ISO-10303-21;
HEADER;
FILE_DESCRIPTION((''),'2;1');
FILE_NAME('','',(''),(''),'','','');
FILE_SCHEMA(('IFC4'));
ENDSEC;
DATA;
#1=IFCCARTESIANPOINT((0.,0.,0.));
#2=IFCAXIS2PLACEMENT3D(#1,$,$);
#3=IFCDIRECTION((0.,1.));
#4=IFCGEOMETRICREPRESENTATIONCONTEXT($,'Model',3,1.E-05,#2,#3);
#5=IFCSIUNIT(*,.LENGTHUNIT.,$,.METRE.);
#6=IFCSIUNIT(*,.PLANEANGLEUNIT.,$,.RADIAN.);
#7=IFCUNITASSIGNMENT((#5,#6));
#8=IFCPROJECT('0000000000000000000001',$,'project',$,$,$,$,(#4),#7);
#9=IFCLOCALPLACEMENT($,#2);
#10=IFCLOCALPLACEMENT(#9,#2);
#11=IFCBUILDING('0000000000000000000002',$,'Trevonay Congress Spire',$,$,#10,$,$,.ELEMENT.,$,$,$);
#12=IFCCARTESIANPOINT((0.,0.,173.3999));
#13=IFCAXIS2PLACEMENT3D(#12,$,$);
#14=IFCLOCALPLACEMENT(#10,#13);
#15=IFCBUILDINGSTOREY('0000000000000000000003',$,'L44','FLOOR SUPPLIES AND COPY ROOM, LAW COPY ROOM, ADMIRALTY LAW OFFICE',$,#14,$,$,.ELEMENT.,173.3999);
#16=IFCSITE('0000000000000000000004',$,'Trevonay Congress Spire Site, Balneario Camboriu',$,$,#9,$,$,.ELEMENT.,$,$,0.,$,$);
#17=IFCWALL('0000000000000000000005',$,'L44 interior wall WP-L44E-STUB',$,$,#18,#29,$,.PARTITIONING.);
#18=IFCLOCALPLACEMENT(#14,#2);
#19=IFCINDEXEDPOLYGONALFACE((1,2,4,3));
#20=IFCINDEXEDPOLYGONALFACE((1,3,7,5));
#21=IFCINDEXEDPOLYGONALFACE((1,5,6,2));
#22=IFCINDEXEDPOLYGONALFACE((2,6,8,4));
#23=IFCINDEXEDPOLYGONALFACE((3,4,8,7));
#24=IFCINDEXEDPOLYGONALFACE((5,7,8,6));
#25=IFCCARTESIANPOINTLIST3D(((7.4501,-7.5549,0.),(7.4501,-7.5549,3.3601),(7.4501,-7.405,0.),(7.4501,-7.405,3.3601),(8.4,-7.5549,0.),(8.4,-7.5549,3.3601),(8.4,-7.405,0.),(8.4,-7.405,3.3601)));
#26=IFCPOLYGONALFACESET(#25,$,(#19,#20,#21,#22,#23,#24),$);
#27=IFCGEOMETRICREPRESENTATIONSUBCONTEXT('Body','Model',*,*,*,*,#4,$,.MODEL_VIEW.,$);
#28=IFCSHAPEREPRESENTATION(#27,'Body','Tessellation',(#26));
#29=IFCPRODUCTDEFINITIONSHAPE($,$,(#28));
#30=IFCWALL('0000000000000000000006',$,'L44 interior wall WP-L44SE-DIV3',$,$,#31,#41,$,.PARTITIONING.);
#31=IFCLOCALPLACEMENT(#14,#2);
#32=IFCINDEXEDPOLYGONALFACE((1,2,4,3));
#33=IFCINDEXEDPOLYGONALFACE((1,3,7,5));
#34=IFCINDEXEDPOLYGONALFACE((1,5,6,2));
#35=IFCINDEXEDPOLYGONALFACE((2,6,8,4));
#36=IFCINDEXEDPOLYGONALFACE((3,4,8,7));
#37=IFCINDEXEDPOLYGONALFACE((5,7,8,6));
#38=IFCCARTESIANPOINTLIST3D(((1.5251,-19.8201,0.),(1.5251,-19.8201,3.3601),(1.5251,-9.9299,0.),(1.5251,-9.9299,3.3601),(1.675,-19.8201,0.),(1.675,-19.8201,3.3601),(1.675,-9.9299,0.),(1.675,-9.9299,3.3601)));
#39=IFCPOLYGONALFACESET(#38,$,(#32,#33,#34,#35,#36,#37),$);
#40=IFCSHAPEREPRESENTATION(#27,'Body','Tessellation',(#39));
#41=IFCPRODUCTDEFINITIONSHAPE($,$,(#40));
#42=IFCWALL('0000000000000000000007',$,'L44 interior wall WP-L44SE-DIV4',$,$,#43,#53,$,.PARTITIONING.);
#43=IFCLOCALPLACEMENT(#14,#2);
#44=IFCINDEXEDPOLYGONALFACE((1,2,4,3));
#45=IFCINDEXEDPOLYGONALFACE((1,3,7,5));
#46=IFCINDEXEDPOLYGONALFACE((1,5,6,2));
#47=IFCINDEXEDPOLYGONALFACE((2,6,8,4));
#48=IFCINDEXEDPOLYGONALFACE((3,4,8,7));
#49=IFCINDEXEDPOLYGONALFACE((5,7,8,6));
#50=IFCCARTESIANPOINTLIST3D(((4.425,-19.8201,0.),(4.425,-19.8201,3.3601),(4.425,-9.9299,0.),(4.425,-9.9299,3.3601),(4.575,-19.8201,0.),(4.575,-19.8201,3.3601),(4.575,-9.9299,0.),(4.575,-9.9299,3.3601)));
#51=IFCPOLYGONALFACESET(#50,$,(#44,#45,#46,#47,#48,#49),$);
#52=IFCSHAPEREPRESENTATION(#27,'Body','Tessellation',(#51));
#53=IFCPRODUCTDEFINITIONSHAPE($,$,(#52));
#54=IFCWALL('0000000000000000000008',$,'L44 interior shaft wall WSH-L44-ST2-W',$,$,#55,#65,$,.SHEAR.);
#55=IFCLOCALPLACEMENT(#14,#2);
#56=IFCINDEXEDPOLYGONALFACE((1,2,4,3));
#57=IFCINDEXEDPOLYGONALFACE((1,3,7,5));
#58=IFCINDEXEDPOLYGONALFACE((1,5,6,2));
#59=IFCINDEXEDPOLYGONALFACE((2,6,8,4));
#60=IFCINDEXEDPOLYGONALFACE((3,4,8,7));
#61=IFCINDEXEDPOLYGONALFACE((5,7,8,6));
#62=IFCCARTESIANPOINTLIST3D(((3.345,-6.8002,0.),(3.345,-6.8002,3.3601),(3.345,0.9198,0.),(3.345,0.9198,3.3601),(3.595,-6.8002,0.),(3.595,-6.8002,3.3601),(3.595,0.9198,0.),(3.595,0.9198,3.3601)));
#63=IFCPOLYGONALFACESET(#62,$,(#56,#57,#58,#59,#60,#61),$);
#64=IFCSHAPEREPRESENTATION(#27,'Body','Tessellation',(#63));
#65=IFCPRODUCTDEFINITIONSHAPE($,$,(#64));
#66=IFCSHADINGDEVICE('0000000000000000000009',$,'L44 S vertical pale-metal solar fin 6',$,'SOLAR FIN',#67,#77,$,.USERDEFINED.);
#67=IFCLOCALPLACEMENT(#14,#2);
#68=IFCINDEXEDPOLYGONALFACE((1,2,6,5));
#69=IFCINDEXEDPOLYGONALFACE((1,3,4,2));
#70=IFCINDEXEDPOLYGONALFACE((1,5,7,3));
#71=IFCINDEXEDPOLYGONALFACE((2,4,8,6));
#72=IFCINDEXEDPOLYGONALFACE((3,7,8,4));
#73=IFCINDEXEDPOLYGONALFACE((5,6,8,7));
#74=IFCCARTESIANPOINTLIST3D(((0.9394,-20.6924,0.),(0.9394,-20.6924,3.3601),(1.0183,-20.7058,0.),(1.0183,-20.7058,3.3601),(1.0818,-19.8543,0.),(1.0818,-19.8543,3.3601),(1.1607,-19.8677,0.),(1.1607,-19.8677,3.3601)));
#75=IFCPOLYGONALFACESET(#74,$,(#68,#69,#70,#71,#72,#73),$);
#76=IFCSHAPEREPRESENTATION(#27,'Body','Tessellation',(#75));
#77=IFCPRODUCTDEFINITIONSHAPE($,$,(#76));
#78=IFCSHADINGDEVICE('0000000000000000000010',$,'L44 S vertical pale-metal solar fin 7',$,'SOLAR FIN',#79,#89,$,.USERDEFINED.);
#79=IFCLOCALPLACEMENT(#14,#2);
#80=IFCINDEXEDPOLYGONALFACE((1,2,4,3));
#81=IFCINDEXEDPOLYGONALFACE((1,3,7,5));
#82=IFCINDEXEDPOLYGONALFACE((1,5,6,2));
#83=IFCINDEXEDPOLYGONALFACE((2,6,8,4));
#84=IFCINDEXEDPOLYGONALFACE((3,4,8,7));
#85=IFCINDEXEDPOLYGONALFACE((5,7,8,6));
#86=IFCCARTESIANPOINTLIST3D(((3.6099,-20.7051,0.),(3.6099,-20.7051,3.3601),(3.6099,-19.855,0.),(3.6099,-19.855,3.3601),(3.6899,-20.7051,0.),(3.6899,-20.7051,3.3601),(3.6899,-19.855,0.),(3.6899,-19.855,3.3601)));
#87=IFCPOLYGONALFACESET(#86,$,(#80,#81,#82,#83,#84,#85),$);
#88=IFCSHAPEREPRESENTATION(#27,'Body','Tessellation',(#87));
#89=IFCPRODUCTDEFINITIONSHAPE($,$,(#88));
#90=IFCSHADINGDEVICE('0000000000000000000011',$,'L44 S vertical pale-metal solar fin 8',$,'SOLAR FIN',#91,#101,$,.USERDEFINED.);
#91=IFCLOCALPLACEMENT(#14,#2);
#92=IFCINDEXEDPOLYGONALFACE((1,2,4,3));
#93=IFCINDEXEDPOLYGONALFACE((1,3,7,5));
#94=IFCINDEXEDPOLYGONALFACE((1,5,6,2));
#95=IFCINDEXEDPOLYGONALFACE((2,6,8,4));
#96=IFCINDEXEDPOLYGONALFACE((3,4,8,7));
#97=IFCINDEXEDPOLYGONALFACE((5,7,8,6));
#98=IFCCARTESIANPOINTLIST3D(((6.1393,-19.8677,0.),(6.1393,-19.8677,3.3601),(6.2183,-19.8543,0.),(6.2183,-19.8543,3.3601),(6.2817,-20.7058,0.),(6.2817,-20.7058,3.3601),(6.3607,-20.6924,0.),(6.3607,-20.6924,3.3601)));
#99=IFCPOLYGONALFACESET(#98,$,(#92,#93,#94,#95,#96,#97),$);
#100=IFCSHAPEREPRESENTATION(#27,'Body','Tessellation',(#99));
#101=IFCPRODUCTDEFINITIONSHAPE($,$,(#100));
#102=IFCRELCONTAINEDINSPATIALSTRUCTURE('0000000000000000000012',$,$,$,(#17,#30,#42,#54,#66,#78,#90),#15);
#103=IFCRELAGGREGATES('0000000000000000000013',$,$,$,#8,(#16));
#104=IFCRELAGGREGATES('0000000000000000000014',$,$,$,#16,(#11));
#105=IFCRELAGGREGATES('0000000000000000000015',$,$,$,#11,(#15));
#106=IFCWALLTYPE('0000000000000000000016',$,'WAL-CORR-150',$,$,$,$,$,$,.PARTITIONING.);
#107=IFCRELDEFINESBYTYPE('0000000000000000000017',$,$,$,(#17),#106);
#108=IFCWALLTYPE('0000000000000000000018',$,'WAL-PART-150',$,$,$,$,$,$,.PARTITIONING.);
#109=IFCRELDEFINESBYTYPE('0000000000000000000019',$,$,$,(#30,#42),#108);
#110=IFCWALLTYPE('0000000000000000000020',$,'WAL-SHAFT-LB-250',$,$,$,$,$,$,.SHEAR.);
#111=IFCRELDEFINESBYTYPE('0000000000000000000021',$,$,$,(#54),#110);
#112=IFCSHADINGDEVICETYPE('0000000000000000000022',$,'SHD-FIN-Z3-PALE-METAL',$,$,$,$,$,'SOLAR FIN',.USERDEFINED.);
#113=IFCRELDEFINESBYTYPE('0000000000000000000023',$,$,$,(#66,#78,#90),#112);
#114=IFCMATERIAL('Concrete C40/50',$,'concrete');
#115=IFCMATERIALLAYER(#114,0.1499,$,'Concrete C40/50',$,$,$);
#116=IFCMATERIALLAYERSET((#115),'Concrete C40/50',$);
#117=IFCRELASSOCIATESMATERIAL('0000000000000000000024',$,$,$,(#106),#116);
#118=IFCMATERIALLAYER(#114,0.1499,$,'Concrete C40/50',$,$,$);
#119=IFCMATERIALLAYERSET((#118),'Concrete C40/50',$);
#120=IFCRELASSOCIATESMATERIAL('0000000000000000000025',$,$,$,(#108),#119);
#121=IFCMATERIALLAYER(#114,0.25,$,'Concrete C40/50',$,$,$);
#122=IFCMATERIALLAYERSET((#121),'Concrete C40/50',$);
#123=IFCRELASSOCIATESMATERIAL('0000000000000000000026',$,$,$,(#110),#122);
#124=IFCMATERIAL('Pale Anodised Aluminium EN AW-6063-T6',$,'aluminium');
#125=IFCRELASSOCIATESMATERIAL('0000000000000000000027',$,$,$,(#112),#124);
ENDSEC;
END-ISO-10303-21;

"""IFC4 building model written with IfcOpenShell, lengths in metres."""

from ifc_helpers import new_model, si_unit, direction, frame, frame_2d, origin, origin_2d, place, context, subcontext, project, spatial, rectangle, extrude, material, layer, layer_set, type_object, element, save


model = new_model("IFC4")

# Units and contexts
model_context = context("Model", 3, precision=1e-05, world=origin(), true_north=direction((0.0, 1.0)))
body_context = subcontext(model_context, "Body", "Model", "MODEL_VIEW")
ifc_project = project(units=[si_unit("LENGTHUNIT", "METRE"), si_unit("PLANEANGLEUNIT", "RADIAN")], contexts=[model_context])

# Site, building, storey
site_placement = place(None, origin())
site = spatial("IfcSite", under=ifc_project, at=site_placement, Name="Trevonay Congress Spire Site, Balneario Camboriu", CompositionType="ELEMENT", RefElevation=0.0)
building_placement = place(site_placement, origin())
building = spatial("IfcBuilding", under=site, at=building_placement, Name="Trevonay Congress Spire", CompositionType="ELEMENT")
storey_placement = place(building_placement, frame((0.0, 0.0, 173.3999)))
storey = spatial("IfcBuildingStorey", under=building, at=storey_placement, Name="L44", Description="FLOOR SUPPLIES AND COPY ROOM, LAW COPY ROOM, ADMIRALTY LAW OFFICE", CompositionType="ELEMENT", Elevation=173.3999)

# Shared definitions
ifc_material_1 = material(Name="Pale Anodised Aluminium EN AW-6063-T6", Category="aluminium")

# Walls
ifc_material_2 = material(Name="Concrete C40/50", Category="concrete")
ifc_layer_1 = layer(ifc_material_2, 0.1499, Name="Concrete C40/50")
ifc_layer_set_1 = layer_set([ifc_layer_1], Name="Concrete C40/50")
wall_type_1 = type_object("IfcWallType", Name="WAL-CORR-150", PredefinedType="PARTITIONING", material=ifc_layer_set_1)
wall_1_placement = place(storey_placement, frame((7.45, -7.48, 0.0), z_axis=(0.0, 0.0, 1.0), x_axis=(1.0, 0.0, 0.0)))
element("IfcWall", 1, at=wall_1_placement, inside=storey, type_object=wall_type_1, Name="L44 interior wall WP-L44E-STUB", PredefinedType="PARTITIONING", context=body_context, shape_type="SweptSolid", body=[
    extrude(rectangle(XDim=0.95, YDim=0.1499, at=frame_2d((0.4751, 0.0))), origin(), (0.0, 0.0, 1.0), 3.3601),
])
ifc_layer_2 = layer(ifc_material_2, 0.1499, Name="Concrete C40/50")
ifc_layer_set_2 = layer_set([ifc_layer_2], Name="Concrete C40/50")
wall_type_2 = type_object("IfcWallType", Name="WAL-PART-150", PredefinedType="PARTITIONING", material=ifc_layer_set_2)
for number, where, z_axis, x_axis, name in (
    (2, (1.6001, -19.8201, 0.0), (0.0, 0.0, 1.0), (0.0, 1.0, 0.0), "L44 interior wall WP-L44SE-DIV3"),
    (3, (4.5, -19.8201, 0.0), (0.0, 0.0, 1.0), (0.0, 1.0, 0.0), "L44 interior wall WP-L44SE-DIV4"),
):
    element("IfcWall", number, at=place(storey_placement, frame(where, z_axis=z_axis, x_axis=x_axis)), inside=storey, type_object=wall_type_2, Name=name, PredefinedType="PARTITIONING", context=body_context, shape_type="SweptSolid", body=[
        extrude(rectangle(XDim=9.8901, YDim=0.1499, at=frame_2d((4.9451, 0.0))), origin(), (0.0, 0.0, 1.0), 3.3601),
    ])
ifc_layer_3 = layer(ifc_material_2, 0.25, Name="Concrete C40/50")
ifc_layer_set_3 = layer_set([ifc_layer_3], Name="Concrete C40/50")
wall_type_3 = type_object("IfcWallType", Name="WAL-SHAFT-LB-250", PredefinedType="SHEAR", material=ifc_layer_set_3)
wall_2_placement = place(storey_placement, frame((3.47, -6.8, 0.0), z_axis=(0.0, 0.0, 1.0), x_axis=(0.0, 1.0, 0.0)))
element("IfcWall", 4, at=wall_2_placement, inside=storey, type_object=wall_type_3, Name="L44 interior shaft wall WSH-L44-ST2-W", PredefinedType="SHEAR", context=body_context, shape_type="SweptSolid", body=[
    extrude(rectangle(XDim=7.72, YDim=0.25, at=frame_2d((3.8599, 0.0))), origin(), (0.0, 0.0, 1.0), 3.3601),
])

# Shading devices
shading_device_type = type_object("IfcShadingDeviceType", Name="SHD-FIN-Z3-PALE-METAL", ElementType="SOLAR FIN", PredefinedType="USERDEFINED", material=ifc_material_1)
for number, where, z_axis, x_axis, name in (
    (5, (1.05, -20.28, 0.0), (0.0, 0.0, 1.0), (0.985879, -0.167457, 0.0), "L44 S vertical pale-metal solar fin 6"),
    (6, (3.6499, -20.28, 0.0), (0.0, 0.0, 1.0), (1.0, 0.0, 0.0), "L44 S vertical pale-metal solar fin 7"),
    (7, (6.25, -20.28, 0.0), (0.0, 0.0, 1.0), (0.985879, 0.167457, 0.0), "L44 S vertical pale-metal solar fin 8"),
):
    element("IfcShadingDevice", number, at=place(storey_placement, frame(where, z_axis=z_axis, x_axis=x_axis)), inside=storey, type_object=shading_device_type, Name=name, ObjectType="SOLAR FIN", PredefinedType="USERDEFINED", context=body_context, shape_type="SweptSolid", body=[
        extrude(rectangle(XDim=0.0801, YDim=0.8501, at=origin_2d()), origin(), (0.0, 0.0, 1.0), 3.3601),
    ])

save(model, "model.ifc")
